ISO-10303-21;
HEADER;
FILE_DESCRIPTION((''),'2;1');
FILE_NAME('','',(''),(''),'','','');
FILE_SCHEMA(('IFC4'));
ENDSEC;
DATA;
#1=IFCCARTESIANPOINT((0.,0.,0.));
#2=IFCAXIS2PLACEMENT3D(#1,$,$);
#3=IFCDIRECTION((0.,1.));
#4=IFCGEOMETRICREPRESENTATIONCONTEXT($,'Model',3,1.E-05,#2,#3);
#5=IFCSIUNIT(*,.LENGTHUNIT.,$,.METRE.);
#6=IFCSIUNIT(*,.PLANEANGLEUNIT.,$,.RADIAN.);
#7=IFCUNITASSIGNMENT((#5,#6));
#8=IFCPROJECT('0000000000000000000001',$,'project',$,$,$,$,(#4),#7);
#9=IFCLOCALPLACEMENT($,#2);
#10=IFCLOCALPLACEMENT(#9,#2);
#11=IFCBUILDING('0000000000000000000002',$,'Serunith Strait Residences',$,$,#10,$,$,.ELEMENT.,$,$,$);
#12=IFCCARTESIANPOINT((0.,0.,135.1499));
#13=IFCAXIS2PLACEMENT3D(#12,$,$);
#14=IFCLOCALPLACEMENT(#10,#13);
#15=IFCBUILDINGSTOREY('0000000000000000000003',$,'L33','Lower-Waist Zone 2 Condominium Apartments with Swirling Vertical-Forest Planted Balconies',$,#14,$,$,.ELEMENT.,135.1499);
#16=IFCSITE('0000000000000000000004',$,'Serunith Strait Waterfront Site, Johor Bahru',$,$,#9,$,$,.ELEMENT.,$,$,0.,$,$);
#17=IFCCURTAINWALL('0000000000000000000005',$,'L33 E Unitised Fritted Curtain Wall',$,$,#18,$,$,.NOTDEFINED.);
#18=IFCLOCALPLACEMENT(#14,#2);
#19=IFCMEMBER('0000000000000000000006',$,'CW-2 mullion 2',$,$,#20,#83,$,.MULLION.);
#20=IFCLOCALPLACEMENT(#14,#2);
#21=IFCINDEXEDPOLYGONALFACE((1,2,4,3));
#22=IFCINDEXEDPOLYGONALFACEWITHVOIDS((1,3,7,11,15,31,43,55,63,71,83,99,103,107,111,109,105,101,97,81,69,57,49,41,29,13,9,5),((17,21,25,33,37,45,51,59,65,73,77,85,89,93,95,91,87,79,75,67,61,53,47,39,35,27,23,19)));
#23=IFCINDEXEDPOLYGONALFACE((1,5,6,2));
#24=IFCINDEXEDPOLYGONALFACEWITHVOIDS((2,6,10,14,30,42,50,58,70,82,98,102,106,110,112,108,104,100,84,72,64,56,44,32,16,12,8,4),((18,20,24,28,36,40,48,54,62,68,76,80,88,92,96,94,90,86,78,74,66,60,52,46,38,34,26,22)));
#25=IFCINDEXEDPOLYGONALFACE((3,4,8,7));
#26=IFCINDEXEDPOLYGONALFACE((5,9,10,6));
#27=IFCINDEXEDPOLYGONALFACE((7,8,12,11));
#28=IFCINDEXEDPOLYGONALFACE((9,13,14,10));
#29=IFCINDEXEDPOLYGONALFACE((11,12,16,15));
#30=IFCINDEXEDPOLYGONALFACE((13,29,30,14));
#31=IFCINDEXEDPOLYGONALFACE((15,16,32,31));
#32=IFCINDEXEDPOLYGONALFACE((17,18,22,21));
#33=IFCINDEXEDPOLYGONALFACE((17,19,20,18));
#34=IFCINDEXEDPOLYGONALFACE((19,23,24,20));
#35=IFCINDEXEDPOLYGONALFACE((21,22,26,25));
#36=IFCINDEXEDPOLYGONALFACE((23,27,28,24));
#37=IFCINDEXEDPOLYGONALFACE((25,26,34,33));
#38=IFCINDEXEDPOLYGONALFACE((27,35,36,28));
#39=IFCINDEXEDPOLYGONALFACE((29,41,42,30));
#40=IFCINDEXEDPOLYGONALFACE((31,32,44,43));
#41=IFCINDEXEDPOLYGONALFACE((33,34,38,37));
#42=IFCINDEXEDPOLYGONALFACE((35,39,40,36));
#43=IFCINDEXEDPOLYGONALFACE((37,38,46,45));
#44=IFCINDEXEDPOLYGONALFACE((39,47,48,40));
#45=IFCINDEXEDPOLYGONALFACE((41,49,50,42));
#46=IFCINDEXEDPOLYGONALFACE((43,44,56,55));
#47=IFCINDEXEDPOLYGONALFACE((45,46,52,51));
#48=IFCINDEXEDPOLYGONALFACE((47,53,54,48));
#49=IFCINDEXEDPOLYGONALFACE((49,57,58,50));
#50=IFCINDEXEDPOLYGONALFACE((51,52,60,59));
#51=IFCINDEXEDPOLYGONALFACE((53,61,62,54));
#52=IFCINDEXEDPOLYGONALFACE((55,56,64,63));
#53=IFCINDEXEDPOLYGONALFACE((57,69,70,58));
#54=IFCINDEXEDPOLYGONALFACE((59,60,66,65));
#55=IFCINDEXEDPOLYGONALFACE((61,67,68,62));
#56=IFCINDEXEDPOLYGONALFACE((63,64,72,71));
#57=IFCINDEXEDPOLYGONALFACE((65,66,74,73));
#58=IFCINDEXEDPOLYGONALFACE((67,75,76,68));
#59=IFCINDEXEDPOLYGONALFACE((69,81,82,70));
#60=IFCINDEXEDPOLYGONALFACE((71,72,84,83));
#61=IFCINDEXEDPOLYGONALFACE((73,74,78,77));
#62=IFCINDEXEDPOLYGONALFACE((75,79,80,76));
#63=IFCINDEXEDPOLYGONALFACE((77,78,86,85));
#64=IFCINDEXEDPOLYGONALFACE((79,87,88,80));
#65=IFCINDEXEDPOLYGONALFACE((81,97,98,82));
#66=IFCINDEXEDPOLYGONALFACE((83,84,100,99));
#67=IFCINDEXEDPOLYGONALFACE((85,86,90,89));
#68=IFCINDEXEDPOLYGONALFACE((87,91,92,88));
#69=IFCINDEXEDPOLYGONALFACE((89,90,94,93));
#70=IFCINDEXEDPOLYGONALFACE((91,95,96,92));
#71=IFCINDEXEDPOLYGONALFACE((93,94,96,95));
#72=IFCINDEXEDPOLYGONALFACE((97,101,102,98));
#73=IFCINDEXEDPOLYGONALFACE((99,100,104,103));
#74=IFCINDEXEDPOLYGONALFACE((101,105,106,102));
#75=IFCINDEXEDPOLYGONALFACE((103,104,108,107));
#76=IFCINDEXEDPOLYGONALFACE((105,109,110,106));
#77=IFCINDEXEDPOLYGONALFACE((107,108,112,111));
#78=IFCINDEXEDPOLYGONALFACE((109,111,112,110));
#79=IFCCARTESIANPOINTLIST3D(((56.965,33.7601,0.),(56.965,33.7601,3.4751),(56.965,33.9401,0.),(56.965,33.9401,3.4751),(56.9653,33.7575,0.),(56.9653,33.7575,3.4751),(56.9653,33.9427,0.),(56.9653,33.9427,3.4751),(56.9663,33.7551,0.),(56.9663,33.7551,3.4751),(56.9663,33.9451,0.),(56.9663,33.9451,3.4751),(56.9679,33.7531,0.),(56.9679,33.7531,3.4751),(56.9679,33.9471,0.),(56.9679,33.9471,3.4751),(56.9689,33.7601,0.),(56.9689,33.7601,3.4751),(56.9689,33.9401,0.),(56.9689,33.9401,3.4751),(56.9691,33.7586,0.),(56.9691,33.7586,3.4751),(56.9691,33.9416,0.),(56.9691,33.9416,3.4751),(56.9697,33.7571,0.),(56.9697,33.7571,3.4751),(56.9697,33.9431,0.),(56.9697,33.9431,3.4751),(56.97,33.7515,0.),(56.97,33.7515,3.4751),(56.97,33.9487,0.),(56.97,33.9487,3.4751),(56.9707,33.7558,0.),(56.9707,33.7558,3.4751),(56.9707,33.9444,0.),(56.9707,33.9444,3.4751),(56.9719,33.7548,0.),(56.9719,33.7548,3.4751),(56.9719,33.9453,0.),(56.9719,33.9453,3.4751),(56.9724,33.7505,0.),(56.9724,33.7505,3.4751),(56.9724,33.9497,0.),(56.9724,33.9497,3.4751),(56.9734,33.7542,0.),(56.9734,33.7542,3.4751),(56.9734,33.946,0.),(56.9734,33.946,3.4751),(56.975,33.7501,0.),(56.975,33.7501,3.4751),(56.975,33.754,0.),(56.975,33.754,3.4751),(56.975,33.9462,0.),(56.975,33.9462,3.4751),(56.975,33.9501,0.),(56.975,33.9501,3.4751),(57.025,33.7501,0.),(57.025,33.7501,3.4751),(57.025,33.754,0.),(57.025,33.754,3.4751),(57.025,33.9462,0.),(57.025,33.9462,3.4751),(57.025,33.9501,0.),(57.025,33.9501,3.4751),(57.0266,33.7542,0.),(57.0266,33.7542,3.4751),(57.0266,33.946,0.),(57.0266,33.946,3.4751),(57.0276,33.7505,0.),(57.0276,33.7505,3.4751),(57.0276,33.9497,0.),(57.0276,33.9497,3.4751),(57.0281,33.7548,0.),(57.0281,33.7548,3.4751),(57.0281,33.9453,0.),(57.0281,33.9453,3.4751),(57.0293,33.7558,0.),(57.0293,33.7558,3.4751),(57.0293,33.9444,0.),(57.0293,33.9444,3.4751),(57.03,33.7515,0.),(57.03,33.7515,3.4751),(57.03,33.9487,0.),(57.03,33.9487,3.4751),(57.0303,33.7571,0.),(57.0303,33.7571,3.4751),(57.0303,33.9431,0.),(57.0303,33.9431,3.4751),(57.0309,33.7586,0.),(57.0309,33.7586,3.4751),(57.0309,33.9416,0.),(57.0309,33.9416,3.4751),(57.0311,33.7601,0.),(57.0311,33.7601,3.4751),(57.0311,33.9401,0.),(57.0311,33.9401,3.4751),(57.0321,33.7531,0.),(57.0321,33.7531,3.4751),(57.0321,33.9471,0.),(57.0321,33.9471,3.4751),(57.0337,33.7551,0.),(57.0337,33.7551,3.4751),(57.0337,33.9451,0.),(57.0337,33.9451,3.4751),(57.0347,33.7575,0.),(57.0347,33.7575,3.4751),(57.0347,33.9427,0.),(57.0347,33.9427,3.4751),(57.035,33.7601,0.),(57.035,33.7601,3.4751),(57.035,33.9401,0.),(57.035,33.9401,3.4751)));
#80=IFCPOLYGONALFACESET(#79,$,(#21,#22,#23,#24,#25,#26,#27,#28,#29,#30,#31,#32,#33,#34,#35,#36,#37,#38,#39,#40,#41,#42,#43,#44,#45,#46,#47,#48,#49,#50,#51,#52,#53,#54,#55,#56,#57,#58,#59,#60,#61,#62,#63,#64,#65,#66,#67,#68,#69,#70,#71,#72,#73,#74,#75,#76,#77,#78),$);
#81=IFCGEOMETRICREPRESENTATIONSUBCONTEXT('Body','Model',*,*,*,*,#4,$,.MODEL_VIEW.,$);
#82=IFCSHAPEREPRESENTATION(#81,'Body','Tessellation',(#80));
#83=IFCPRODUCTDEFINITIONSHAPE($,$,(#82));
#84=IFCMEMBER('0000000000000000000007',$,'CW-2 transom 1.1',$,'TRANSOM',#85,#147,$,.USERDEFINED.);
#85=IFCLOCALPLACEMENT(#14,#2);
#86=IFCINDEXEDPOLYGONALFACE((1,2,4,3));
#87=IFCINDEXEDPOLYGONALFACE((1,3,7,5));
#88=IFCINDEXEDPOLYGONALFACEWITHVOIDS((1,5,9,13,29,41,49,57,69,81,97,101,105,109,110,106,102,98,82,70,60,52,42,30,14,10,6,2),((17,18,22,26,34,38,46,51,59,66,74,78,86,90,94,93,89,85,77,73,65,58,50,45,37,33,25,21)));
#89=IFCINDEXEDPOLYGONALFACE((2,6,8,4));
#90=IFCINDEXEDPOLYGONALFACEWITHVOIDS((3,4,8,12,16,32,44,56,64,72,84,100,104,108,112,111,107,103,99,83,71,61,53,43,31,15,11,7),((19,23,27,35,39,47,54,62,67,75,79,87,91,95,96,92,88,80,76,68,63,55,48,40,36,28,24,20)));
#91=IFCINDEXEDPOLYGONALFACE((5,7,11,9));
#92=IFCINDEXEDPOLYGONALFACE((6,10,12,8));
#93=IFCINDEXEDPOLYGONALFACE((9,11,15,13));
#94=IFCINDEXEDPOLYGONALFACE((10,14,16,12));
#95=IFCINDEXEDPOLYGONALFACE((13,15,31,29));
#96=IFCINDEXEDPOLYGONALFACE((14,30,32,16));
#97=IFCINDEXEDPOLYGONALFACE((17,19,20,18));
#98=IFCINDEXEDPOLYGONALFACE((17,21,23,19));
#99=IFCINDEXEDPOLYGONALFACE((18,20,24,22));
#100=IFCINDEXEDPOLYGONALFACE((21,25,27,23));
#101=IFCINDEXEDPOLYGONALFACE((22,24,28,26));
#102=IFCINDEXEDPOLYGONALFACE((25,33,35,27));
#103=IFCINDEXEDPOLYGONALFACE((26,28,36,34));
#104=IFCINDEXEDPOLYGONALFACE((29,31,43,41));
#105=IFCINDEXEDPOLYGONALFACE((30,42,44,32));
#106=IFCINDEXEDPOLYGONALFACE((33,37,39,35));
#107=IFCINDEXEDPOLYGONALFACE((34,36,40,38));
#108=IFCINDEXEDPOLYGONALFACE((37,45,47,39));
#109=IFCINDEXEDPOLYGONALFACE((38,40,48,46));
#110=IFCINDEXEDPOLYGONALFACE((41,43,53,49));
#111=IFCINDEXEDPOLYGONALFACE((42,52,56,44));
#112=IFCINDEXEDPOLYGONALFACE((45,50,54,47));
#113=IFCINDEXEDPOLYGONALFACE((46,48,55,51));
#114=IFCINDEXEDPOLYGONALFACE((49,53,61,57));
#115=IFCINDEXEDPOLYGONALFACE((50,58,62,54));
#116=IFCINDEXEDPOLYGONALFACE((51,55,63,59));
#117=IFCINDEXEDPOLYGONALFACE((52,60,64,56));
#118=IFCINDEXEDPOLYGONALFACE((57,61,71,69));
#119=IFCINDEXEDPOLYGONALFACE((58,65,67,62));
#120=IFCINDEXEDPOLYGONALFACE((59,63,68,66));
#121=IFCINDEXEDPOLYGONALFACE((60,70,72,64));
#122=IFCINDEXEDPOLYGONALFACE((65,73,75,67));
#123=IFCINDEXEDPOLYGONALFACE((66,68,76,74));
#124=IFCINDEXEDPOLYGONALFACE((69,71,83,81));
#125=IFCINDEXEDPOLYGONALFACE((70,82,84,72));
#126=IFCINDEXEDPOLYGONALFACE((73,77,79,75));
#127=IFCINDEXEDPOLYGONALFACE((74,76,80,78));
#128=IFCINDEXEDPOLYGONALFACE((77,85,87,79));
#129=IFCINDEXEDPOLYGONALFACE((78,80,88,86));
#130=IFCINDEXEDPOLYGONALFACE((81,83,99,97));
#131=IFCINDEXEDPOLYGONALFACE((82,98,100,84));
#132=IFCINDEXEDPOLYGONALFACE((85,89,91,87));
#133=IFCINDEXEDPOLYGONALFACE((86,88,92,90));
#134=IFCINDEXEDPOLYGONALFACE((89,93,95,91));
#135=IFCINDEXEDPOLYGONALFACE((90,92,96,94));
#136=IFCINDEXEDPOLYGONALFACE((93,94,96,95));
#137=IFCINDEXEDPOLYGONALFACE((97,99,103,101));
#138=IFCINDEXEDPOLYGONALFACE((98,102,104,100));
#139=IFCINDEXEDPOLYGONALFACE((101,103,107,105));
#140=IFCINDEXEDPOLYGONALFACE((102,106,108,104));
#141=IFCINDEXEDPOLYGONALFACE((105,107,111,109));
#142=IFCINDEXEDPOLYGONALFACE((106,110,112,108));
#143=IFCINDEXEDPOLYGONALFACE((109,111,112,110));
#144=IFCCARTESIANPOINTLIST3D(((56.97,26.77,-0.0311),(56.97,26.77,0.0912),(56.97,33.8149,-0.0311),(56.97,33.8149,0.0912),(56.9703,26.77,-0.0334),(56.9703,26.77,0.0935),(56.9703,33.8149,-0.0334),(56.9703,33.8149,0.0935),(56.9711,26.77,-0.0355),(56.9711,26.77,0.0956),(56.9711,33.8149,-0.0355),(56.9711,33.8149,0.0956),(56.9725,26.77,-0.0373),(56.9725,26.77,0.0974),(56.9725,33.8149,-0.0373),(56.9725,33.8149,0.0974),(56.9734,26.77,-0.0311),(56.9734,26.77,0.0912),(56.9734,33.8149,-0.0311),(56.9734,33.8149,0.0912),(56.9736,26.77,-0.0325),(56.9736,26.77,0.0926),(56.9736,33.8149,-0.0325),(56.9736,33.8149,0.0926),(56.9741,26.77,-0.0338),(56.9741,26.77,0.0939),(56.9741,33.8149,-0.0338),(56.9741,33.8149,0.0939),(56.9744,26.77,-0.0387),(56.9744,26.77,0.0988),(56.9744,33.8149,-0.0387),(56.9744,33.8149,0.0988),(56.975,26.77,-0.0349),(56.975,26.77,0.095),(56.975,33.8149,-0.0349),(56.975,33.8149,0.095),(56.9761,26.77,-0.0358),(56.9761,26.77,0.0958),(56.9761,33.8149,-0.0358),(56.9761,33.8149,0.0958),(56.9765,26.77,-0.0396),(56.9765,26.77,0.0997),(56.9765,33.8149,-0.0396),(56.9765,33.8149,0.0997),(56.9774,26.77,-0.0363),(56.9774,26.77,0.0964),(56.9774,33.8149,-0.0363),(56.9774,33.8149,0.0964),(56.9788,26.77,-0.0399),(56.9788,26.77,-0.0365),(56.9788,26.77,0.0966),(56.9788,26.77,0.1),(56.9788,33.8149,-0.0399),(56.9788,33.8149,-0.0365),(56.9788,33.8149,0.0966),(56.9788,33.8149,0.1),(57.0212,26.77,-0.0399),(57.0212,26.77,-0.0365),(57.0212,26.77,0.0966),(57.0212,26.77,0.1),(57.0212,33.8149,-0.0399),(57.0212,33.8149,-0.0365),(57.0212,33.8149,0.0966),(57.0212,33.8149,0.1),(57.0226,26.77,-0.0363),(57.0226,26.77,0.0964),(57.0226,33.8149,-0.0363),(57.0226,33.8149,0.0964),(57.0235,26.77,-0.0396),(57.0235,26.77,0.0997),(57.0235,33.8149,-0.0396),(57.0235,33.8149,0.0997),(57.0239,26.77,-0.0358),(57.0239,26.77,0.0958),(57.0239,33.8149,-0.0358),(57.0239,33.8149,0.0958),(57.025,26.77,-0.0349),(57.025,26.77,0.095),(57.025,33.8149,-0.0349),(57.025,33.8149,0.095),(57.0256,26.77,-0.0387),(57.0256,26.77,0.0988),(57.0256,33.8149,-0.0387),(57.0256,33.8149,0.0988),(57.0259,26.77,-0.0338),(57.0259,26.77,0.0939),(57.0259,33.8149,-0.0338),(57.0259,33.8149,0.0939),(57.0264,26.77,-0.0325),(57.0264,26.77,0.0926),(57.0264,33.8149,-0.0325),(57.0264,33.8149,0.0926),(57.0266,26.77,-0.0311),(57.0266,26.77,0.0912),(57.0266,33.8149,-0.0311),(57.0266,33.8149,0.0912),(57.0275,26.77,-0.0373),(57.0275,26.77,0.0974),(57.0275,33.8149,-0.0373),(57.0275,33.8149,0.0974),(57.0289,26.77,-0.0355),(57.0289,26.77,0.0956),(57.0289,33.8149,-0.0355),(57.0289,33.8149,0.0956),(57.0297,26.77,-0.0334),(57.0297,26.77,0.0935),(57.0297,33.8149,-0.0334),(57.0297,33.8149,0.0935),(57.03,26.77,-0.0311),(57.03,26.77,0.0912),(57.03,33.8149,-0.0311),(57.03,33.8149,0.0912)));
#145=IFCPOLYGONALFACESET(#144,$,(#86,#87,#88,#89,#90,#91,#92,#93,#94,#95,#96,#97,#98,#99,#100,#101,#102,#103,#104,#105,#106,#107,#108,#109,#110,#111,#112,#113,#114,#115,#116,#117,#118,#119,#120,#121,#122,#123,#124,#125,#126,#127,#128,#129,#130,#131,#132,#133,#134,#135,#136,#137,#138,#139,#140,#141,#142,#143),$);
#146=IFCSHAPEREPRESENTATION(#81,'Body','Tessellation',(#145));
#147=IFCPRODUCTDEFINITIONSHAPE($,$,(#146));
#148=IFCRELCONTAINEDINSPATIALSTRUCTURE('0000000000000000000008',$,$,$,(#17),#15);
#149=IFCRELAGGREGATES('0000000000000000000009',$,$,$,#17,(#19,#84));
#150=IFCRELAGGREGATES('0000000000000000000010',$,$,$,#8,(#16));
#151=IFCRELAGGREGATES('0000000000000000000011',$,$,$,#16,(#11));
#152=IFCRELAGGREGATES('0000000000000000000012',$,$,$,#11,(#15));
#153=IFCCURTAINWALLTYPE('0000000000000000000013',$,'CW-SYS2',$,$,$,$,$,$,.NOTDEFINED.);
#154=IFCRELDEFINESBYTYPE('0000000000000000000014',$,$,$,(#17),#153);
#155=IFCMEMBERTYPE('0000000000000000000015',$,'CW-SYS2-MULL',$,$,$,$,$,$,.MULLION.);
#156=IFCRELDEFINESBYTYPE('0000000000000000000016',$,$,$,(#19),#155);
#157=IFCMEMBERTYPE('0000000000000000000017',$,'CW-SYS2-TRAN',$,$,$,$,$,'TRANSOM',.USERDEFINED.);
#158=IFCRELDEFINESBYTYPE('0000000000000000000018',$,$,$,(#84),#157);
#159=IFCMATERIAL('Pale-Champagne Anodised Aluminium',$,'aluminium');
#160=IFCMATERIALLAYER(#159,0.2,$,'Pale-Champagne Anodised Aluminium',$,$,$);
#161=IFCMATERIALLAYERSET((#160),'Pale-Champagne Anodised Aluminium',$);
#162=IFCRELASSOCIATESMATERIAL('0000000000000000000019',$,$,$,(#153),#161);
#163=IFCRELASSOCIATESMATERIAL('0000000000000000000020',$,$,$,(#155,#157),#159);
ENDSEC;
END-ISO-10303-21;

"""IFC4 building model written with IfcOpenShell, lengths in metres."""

from ifc_helpers import new_model, si_unit, direction, frame, origin, origin_2d, place, context, subcontext, project, spatial, hollow_rectangle, extrude, source, transform, mapped, material, layer, layer_set, material_profile, profile_set, type_object, element, aggregate, save


model = new_model("IFC4")

# Units and contexts
model_context = context("Model", 3, precision=1e-05, world=origin(), true_north=direction((0.0, 1.0)))
body_context = subcontext(model_context, "Body", "Model", "MODEL_VIEW")
ifc_project = project(units=[si_unit("LENGTHUNIT", "METRE"), si_unit("PLANEANGLEUNIT", "RADIAN")], contexts=[model_context])

# Site, building, storey
site_placement = place(None, origin())
site = spatial("IfcSite", under=ifc_project, at=site_placement, Name="Serunith Strait Waterfront Site, Johor Bahru", CompositionType="ELEMENT", RefElevation=0.0)
building_placement = place(site_placement, origin())
building = spatial("IfcBuilding", under=site, at=building_placement, Name="Serunith Strait Residences", CompositionType="ELEMENT")
storey_placement = place(building_placement, frame((0.0, 0.0, 135.1499)))
storey = spatial("IfcBuildingStorey", under=building, at=storey_placement, Name="L33", Description="Lower-Waist Zone 2 Condominium Apartments with Swirling Vertical-Forest Planted Balconies", CompositionType="ELEMENT", Elevation=135.1499)

# Shared definitions
ifc_material_1 = material(Name="Pale-Champagne Anodised Aluminium", Category="aluminium")
ifc_layer_1 = layer(ifc_material_1, 0.2, Name="Pale-Champagne Anodised Aluminium")
ifc_layer_set_1 = layer_set([ifc_layer_1], Name="Pale-Champagne Anodised Aluminium")
curtain_wall_type = type_object("IfcCurtainWallType", Name="CW-SYS2", PredefinedType="NOTDEFINED", material=ifc_layer_set_1)
ifc_material_profile_1 = material_profile(ifc_material_1, hollow_rectangle(XDim=0.0701, YDim=0.2, WallThickness=0.0039, InnerFilletRadius=0.0061, OuterFilletRadius=0.01, at=origin_2d()), Name="ALU 200x70x4")
ifc_profile_set_1 = profile_set([ifc_material_profile_1], Name="Pale-Champagne Anodised Aluminium")
member_type_1 = type_object("IfcMemberType", Name="CW-SYS2-MULL", PredefinedType="MULLION", material=ifc_profile_set_1)
shared_shape_1 = source(origin(), body_context, "Body", "SweptSolid", [
    extrude(hollow_rectangle(XDim=0.0701, YDim=0.2, WallThickness=0.0039, InnerFilletRadius=0.0061, OuterFilletRadius=0.01, at=origin_2d()), origin(), (0.0, 0.0, 1.0), 3.4751),
])

# Curtain wall, members
curtain_wall_1_placement = place(storey_placement, origin())
curtain_wall_1 = element("IfcCurtainWall", 1, at=curtain_wall_1_placement, inside=storey, type_object=curtain_wall_type, Name="L33 E Unitised Fritted Curtain Wall", PredefinedType="NOTDEFINED")
member_1_placement = place(storey_placement, frame((57.0, 33.8501, 0.0), z_axis=(0.0, 0.0, 1.0), x_axis=(-1.0, 0.0, 0.0)))
member_1 = element("IfcMember", 2, at=member_1_placement, type_object=member_type_1, Name="CW-2 mullion 2", PredefinedType="MULLION", context=body_context, shape_type="MappedRepresentation", body=[
    mapped(shared_shape_1, transform((0.0, 0.0, 0.0), scale=1.0)),
])
ifc_material_profile_2 = material_profile(ifc_material_1, hollow_rectangle(XDim=0.0601, YDim=0.1399, WallThickness=0.0034, InnerFilletRadius=0.0054, OuterFilletRadius=0.0088, at=origin_2d()), Name="ALU 140x60x3.5")
ifc_profile_set_2 = profile_set([ifc_material_profile_2], Name="Pale-Champagne Anodised Aluminium")
member_type_2 = type_object("IfcMemberType", Name="CW-SYS2-TRAN", ElementType="TRANSOM", PredefinedType="USERDEFINED", material=ifc_profile_set_2)
shared_shape_2 = source(origin(), body_context, "Body", "SweptSolid", [
    extrude(hollow_rectangle(XDim=0.0601, YDim=0.1399, WallThickness=0.0034, InnerFilletRadius=0.0054, OuterFilletRadius=0.0088, at=origin_2d()), origin(), (0.0, 0.0, 1.0), 7.0449),
])
member_2_placement = place(storey_placement, frame((57.0, 26.77, 0.03), z_axis=(0.0, 1.0, 0.0), x_axis=(-1.0, 0.0, 0.0)))
member_2 = element("IfcMember", 3, at=member_2_placement, type_object=member_type_2, Name="CW-2 transom 1.1", ObjectType="TRANSOM", PredefinedType="USERDEFINED", context=body_context, shape_type="MappedRepresentation", body=[
    mapped(shared_shape_2, transform((0.0, 0.0, 0.0), scale=1.0)),
])
aggregate(curtain_wall_1, [member_1, member_2])

save(model, "model.ifc")
